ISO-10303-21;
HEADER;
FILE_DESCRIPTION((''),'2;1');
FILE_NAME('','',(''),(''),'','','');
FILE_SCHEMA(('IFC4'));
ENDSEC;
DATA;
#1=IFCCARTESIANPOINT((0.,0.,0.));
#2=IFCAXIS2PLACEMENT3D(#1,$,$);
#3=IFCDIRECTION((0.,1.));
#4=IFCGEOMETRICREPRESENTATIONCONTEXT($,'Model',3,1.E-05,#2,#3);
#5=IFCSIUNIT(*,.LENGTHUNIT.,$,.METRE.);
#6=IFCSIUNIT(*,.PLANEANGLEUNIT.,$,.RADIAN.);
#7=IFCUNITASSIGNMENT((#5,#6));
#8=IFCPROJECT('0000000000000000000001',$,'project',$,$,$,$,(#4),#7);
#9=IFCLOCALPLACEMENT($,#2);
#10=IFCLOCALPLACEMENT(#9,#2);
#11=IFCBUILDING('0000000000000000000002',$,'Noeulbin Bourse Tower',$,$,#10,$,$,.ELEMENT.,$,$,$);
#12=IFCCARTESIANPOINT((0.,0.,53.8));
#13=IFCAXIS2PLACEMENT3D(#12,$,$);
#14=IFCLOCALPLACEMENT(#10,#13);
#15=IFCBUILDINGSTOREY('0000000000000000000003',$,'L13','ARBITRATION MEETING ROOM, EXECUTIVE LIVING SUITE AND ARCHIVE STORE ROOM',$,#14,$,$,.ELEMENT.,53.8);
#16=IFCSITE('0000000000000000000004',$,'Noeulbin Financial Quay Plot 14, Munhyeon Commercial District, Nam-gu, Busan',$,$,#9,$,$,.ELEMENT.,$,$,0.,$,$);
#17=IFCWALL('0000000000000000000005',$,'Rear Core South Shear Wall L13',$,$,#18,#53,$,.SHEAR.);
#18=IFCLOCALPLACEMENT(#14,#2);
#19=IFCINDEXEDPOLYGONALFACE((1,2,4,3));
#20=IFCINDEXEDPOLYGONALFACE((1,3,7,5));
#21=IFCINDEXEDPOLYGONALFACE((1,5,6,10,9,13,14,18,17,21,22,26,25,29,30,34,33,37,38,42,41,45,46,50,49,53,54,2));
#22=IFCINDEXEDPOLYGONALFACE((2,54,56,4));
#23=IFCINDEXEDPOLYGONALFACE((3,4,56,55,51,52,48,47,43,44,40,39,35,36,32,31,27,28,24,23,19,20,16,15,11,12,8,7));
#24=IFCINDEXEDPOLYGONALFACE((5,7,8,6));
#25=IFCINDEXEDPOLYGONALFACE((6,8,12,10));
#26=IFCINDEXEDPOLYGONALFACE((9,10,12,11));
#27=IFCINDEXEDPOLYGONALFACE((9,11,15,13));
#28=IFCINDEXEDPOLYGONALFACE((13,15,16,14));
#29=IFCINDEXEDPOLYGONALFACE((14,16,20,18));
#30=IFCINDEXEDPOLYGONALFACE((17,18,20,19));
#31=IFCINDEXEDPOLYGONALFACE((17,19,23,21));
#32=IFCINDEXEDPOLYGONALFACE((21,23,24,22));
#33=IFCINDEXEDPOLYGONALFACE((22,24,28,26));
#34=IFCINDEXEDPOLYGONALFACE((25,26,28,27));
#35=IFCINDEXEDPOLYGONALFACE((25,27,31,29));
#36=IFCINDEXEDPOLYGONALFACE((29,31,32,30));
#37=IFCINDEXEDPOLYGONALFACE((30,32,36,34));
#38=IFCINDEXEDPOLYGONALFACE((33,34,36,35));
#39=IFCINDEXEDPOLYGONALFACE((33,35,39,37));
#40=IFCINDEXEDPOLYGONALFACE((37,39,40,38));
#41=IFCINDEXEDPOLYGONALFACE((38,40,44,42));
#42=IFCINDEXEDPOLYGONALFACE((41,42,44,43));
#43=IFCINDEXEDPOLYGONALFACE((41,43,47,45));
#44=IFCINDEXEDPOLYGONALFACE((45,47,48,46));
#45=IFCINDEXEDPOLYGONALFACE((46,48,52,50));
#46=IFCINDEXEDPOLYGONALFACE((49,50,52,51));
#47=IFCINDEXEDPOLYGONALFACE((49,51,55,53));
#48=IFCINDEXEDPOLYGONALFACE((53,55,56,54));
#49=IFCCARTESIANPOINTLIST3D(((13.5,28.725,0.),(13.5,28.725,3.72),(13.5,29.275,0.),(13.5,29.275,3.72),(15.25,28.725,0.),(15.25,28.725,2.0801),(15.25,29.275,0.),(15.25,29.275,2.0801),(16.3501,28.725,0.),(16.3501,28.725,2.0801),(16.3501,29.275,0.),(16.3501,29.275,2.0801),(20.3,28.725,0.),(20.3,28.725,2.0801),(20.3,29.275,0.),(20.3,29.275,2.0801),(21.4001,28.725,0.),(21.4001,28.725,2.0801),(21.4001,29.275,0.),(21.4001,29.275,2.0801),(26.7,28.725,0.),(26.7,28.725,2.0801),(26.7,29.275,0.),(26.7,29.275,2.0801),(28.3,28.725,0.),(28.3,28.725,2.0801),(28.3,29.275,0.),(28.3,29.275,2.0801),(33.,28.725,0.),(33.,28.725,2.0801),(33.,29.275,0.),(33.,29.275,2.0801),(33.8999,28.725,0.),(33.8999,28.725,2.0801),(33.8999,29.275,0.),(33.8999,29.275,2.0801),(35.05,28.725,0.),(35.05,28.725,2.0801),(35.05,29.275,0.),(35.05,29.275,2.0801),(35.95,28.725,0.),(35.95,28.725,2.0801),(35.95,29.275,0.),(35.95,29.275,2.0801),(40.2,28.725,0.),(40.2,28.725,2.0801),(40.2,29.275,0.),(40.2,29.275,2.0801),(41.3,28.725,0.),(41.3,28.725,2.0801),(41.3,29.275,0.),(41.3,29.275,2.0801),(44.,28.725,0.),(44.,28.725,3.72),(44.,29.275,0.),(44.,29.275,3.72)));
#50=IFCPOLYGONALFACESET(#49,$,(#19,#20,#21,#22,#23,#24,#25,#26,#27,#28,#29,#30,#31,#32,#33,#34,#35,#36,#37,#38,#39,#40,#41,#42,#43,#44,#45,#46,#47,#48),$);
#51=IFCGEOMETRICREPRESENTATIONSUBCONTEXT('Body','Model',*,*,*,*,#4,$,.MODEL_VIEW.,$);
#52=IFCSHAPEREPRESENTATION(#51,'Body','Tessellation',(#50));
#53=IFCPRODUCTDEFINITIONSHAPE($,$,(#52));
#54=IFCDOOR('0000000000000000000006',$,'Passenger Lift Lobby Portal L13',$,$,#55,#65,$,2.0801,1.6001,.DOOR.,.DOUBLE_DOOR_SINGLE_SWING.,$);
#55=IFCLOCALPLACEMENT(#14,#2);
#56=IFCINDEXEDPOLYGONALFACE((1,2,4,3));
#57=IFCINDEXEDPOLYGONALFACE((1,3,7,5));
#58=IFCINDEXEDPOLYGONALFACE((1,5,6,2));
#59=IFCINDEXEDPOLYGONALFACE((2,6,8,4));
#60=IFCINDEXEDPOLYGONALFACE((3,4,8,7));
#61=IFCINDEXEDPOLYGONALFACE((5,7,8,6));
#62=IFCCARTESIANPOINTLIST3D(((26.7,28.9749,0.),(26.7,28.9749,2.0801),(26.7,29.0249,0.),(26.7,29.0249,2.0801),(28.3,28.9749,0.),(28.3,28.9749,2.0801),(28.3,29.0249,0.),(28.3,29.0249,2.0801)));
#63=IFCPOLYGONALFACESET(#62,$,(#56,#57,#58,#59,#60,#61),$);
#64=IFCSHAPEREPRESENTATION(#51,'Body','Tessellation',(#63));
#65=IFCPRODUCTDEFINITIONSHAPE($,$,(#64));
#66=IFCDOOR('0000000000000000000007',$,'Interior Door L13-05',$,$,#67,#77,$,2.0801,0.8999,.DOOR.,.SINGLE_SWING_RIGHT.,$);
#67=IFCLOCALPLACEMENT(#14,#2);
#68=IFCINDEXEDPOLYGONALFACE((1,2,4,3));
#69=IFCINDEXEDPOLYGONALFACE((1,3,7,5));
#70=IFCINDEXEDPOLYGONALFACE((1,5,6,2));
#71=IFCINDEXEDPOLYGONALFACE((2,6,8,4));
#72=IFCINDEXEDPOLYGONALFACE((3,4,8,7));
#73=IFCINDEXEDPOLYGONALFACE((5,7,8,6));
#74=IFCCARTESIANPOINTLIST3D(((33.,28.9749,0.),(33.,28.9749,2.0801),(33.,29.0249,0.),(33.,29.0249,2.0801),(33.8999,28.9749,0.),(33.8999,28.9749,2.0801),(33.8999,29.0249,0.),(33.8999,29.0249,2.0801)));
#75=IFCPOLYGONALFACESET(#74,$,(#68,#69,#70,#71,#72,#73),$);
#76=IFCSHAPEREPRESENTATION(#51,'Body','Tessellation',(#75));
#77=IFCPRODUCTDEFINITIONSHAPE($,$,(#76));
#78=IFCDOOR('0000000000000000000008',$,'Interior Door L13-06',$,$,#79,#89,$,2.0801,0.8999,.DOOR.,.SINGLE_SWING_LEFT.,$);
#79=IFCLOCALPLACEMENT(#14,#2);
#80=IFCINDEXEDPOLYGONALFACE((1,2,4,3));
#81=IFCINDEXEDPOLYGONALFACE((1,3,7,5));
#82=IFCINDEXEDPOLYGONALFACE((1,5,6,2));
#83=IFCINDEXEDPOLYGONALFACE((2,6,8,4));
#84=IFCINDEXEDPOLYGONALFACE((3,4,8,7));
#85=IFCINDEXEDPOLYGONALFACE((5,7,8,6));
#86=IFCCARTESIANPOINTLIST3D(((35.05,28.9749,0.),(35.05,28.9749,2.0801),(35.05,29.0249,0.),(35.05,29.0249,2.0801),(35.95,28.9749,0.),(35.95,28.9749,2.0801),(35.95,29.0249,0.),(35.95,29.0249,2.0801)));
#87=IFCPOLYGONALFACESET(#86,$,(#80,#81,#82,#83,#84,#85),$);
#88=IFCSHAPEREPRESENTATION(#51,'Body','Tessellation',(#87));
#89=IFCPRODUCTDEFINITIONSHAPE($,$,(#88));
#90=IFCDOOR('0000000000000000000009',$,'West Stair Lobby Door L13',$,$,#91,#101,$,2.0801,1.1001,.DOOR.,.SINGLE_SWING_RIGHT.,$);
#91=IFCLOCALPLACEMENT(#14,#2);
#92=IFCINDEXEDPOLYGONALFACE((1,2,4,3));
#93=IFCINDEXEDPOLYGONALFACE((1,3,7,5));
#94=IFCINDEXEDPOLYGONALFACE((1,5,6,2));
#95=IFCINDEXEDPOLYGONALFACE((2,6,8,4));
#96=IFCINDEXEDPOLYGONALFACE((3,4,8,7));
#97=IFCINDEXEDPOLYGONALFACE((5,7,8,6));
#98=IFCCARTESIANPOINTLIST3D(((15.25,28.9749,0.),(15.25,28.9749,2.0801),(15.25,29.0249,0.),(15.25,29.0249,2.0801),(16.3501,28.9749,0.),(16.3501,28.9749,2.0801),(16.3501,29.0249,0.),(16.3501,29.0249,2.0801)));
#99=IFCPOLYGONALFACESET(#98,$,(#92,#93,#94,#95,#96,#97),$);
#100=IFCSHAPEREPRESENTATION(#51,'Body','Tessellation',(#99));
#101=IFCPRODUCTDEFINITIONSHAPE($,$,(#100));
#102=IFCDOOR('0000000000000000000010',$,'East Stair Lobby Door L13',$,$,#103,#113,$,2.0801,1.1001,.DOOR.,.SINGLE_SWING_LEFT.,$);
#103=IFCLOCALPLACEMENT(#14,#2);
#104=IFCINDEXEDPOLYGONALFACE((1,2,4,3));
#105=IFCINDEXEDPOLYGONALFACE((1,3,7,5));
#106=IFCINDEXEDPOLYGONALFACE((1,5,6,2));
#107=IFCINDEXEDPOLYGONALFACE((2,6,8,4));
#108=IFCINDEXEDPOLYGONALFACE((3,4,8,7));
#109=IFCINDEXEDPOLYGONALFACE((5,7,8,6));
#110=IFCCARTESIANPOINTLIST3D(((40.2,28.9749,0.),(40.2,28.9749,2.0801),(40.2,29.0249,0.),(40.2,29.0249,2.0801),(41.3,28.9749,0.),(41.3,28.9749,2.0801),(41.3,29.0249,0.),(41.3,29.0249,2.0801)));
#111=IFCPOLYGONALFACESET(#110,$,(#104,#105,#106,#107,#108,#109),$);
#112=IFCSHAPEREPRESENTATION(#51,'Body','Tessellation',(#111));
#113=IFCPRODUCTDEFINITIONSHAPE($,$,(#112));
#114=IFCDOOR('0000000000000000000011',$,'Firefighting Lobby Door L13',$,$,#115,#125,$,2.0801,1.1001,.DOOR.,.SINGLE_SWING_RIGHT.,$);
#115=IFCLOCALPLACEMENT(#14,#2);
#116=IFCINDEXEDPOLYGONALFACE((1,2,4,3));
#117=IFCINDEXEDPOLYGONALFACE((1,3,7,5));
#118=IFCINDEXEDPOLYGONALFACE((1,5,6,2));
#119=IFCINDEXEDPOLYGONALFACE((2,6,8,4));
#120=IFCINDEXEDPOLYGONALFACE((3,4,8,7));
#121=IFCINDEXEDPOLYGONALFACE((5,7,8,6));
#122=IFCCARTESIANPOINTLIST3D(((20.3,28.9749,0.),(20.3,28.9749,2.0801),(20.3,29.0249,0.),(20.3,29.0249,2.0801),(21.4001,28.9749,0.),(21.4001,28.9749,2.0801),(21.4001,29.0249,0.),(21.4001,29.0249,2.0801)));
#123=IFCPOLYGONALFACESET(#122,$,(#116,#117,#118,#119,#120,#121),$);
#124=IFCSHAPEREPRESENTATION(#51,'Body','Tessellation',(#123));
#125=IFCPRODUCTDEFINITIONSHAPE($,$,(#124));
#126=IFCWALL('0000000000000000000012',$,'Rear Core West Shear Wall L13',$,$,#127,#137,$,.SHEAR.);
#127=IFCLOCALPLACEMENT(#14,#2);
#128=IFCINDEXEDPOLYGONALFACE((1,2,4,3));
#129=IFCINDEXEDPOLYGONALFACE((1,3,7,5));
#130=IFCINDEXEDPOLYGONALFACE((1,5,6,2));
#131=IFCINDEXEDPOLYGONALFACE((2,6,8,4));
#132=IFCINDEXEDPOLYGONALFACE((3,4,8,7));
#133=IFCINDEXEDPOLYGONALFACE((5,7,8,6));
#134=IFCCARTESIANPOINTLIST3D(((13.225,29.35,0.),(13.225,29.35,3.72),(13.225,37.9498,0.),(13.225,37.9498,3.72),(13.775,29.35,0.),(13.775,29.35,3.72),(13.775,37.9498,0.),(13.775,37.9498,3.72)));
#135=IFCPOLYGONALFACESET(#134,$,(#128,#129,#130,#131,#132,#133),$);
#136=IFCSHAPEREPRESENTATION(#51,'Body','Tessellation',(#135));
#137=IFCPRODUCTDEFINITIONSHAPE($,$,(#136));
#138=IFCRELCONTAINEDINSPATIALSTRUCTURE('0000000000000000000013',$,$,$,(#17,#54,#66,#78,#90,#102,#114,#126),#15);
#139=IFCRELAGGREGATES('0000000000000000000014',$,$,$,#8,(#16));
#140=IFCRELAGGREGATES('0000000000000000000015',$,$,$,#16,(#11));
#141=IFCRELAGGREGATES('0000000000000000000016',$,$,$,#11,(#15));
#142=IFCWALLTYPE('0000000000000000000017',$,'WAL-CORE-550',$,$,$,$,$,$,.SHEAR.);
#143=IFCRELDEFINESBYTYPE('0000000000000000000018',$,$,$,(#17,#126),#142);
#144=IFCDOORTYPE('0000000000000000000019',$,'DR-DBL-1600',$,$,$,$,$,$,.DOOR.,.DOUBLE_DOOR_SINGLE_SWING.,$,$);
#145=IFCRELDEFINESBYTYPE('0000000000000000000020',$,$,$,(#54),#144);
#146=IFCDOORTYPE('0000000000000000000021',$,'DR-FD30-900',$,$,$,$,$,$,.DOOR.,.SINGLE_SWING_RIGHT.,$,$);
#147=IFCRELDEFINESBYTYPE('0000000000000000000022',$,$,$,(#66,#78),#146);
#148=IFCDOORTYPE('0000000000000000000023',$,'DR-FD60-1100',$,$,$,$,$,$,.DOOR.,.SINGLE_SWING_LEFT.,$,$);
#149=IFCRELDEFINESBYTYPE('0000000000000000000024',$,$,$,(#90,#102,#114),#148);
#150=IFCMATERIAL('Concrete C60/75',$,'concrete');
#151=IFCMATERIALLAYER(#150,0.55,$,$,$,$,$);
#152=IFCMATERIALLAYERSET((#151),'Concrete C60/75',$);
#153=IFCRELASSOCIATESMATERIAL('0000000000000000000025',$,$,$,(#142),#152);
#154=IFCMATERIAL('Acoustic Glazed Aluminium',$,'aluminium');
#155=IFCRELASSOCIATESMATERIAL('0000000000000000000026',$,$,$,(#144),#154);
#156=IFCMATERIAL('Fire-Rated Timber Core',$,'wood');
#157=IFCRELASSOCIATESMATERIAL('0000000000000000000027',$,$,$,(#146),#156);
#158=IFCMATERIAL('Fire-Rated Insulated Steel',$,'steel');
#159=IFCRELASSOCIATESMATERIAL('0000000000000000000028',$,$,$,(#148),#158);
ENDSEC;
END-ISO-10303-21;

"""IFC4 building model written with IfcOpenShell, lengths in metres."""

from ifc_helpers import new_model, si_unit, direction, frame, frame_2d, origin, place, context, subcontext, project, spatial, rectangle, extrude, material, layer, layer_set, type_object, element, fill, save


model = new_model("IFC4")

# Units and contexts
model_context = context("Model", 3, precision=1e-05, world=origin(), true_north=direction((0.0, 1.0)))
body_context = subcontext(model_context, "Body", "Model", "MODEL_VIEW")
ifc_project = project(units=[si_unit("LENGTHUNIT", "METRE"), si_unit("PLANEANGLEUNIT", "RADIAN")], contexts=[model_context])

# Site, building, storey
site_placement = place(None, origin())
site = spatial("IfcSite", under=ifc_project, at=site_placement, Name="Noeulbin Financial Quay Plot 14, Munhyeon Commercial District, Nam-gu, Busan", CompositionType="ELEMENT", RefElevation=0.0)
building_placement = place(site_placement, origin())
building = spatial("IfcBuilding", under=site, at=building_placement, Name="Noeulbin Bourse Tower", CompositionType="ELEMENT")
storey_placement = place(building_placement, frame((0.0, 0.0, 53.8)))
storey = spatial("IfcBuildingStorey", under=building, at=storey_placement, Name="L13", Description="ARBITRATION MEETING ROOM, EXECUTIVE LIVING SUITE AND ARCHIVE STORE ROOM", CompositionType="ELEMENT", Elevation=53.8)

# Wall, openings, doors
ifc_material_1 = material(Name="Concrete C60/75", Category="concrete")
ifc_layer_1 = layer(ifc_material_1, 0.55)
ifc_layer_set_1 = layer_set([ifc_layer_1], Name="Concrete C60/75")
wall_type = type_object("IfcWallType", Name="WAL-CORE-550", PredefinedType="SHEAR", material=ifc_layer_set_1)
wall_1_placement = place(storey_placement, frame((13.5, 29.0, 0.0), z_axis=(0.0, 0.0, 1.0), x_axis=(1.0, 0.0, 0.0)))
wall_1 = element("IfcWall", 1, at=wall_1_placement, inside=storey, type_object=wall_type, Name="Rear Core South Shear Wall L13", PredefinedType="SHEAR", context=body_context, shape_type="SweptSolid", body=[
    extrude(rectangle(XDim=30.5, YDim=0.55, at=frame_2d((15.25, 0.0))), origin(), (0.0, 0.0, 1.0), 3.72),
])
opening_1_placement = place(wall_1_placement, frame((1.75, 0.0, 0.0)))
opening_1 = element("IfcOpeningElement", 2, at=opening_1_placement, cuts=wall_1, PredefinedType="OPENING", context=body_context, shape_type="SweptSolid", body=[
    extrude(rectangle(XDim=1.1001, YDim=2.0801, at=frame_2d((0.55, 1.04))), frame((0.0, 0.2849, 0.0), z_axis=(0.0, -1.0, 0.0), x_axis=(1.0, 0.0, 0.0)), (0.0, 0.0, 1.0), 0.5701),
])
opening_2_placement = place(wall_1_placement, frame((26.7, 0.0, 0.0)))
opening_2 = element("IfcOpeningElement", 3, at=opening_2_placement, cuts=wall_1, PredefinedType="OPENING", context=body_context, shape_type="SweptSolid", body=[
    extrude(rectangle(XDim=1.1001, YDim=2.0801, at=frame_2d((0.55, 1.04))), frame((0.0, 0.2849, 0.0), z_axis=(0.0, -1.0, 0.0), x_axis=(1.0, 0.0, 0.0)), (0.0, 0.0, 1.0), 0.5701),
])
opening_3_placement = place(wall_1_placement, frame((6.8, 0.0, 0.0)))
opening_3 = element("IfcOpeningElement", 4, at=opening_3_placement, cuts=wall_1, PredefinedType="OPENING", context=body_context, shape_type="SweptSolid", body=[
    extrude(rectangle(XDim=1.1001, YDim=2.0801, at=frame_2d((0.55, 1.04))), frame((0.0, 0.2849, 0.0), z_axis=(0.0, -1.0, 0.0), x_axis=(1.0, 0.0, 0.0)), (0.0, 0.0, 1.0), 0.5701),
])
opening_4_placement = place(wall_1_placement, frame((13.2, 0.0, 0.0)))
opening_4 = element("IfcOpeningElement", 5, at=opening_4_placement, cuts=wall_1, PredefinedType="OPENING", context=body_context, shape_type="SweptSolid", body=[
    extrude(rectangle(XDim=1.6001, YDim=2.0801, at=frame_2d((0.8, 1.04))), frame((0.0, 0.2849, 0.0), z_axis=(0.0, -1.0, 0.0), x_axis=(1.0, 0.0, 0.0)), (0.0, 0.0, 1.0), 0.5701),
])
opening_5_placement = place(wall_1_placement, frame((19.5, 0.0, 0.0)))
opening_5 = element("IfcOpeningElement", 6, at=opening_5_placement, cuts=wall_1, PredefinedType="OPENING", context=body_context, shape_type="SweptSolid", body=[
    extrude(rectangle(XDim=0.8999, YDim=2.0801, at=frame_2d((0.45, 1.04))), frame((0.0, 0.2849, 0.0), z_axis=(0.0, -1.0, 0.0), x_axis=(1.0, 0.0, 0.0)), (0.0, 0.0, 1.0), 0.5701),
])
opening_6_placement = place(wall_1_placement, frame((21.55, 0.0, 0.0)))
opening_6 = element("IfcOpeningElement", 7, at=opening_6_placement, cuts=wall_1, PredefinedType="OPENING", context=body_context, shape_type="SweptSolid", body=[
    extrude(rectangle(XDim=0.8999, YDim=2.0801, at=frame_2d((0.45, 1.04))), frame((0.0, 0.2849, 0.0), z_axis=(0.0, -1.0, 0.0), x_axis=(1.0, 0.0, 0.0)), (0.0, 0.0, 1.0), 0.5701),
])
ifc_material_2 = material(Name="Acoustic Glazed Aluminium", Category="aluminium")
door_type_1 = type_object("IfcDoorType", Name="DR-DBL-1600", OperationType="DOUBLE_DOOR_SINGLE_SWING", PredefinedType="DOOR", material=ifc_material_2)
door_1_placement = place(opening_4_placement, origin())
door_1 = element("IfcDoor", 8, at=door_1_placement, inside=storey, type_object=door_type_1, Name="Passenger Lift Lobby Portal L13", OperationType="DOUBLE_DOOR_SINGLE_SWING", OverallHeight=2.0801, OverallWidth=1.6001, PredefinedType="DOOR", context=body_context, shape_type="SweptSolid", body=[
    extrude(rectangle(XDim=1.6001, YDim=2.0801, at=frame_2d((0.8, 1.04))), frame((0.0, 0.0249, 0.0), z_axis=(0.0, -1.0, 0.0), x_axis=(1.0, 0.0, 0.0)), (0.0, 0.0, 1.0), 0.05),
])
fill(opening_4, door_1)
ifc_material_3 = material(Name="Fire-Rated Timber Core", Category="wood")
door_type_2 = type_object("IfcDoorType", Name="DR-FD30-900", OperationType="SINGLE_SWING_RIGHT", PredefinedType="DOOR", material=ifc_material_3)
door_2_placement = place(opening_5_placement, origin())
door_2 = element("IfcDoor", 9, at=door_2_placement, inside=storey, type_object=door_type_2, Name="Interior Door L13-05", OperationType="SINGLE_SWING_RIGHT", OverallHeight=2.0801, OverallWidth=0.8999, PredefinedType="DOOR", context=body_context, shape_type="SweptSolid", body=[
    extrude(rectangle(XDim=0.8999, YDim=2.0801, at=frame_2d((0.45, 1.04))), frame((0.0, 0.0249, 0.0), z_axis=(0.0, -1.0, 0.0), x_axis=(1.0, 0.0, 0.0)), (0.0, 0.0, 1.0), 0.05),
])
fill(opening_5, door_2)
door_3_placement = place(opening_6_placement, origin())
door_3 = element("IfcDoor", 10, at=door_3_placement, inside=storey, type_object=door_type_2, Name="Interior Door L13-06", OperationType="SINGLE_SWING_LEFT", OverallHeight=2.0801, OverallWidth=0.8999, PredefinedType="DOOR", context=body_context, shape_type="SweptSolid", body=[
    extrude(rectangle(XDim=0.8999, YDim=2.0801, at=frame_2d((0.45, 1.04))), frame((0.0, 0.0249, 0.0), z_axis=(0.0, -1.0, 0.0), x_axis=(1.0, 0.0, 0.0)), (0.0, 0.0, 1.0), 0.05),
])
fill(opening_6, door_3)
ifc_material_4 = material(Name="Fire-Rated Insulated Steel", Category="steel")
door_type_3 = type_object("IfcDoorType", Name="DR-FD60-1100", OperationType="SINGLE_SWING_LEFT", PredefinedType="DOOR", material=ifc_material_4)
door_4_placement = place(opening_1_placement, origin())
door_4 = element("IfcDoor", 11, at=door_4_placement, inside=storey, type_object=door_type_3, Name="West Stair Lobby Door L13", OperationType="SINGLE_SWING_RIGHT", OverallHeight=2.0801, OverallWidth=1.1001, PredefinedType="DOOR", context=body_context, shape_type="SweptSolid", body=[
    extrude(rectangle(XDim=1.1001, YDim=2.0801, at=frame_2d((0.55, 1.04))), frame((0.0, 0.0249, 0.0), z_axis=(0.0, -1.0, 0.0), x_axis=(1.0, 0.0, 0.0)), (0.0, 0.0, 1.0), 0.05),
])
fill(opening_1, door_4)
door_5_placement = place(opening_2_placement, origin())
door_5 = element("IfcDoor", 12, at=door_5_placement, inside=storey, type_object=door_type_3, Name="East Stair Lobby Door L13", OperationType="SINGLE_SWING_LEFT", OverallHeight=2.0801, OverallWidth=1.1001, PredefinedType="DOOR", context=body_context, shape_type="SweptSolid", body=[
    extrude(rectangle(XDim=1.1001, YDim=2.0801, at=frame_2d((0.55, 1.04))), frame((0.0, 0.0249, 0.0), z_axis=(0.0, -1.0, 0.0), x_axis=(1.0, 0.0, 0.0)), (0.0, 0.0, 1.0), 0.05),
])
fill(opening_2, door_5)
door_6_placement = place(opening_3_placement, origin())
door_6 = element("IfcDoor", 13, at=door_6_placement, inside=storey, type_object=door_type_3, Name="Firefighting Lobby Door L13", OperationType="SINGLE_SWING_RIGHT", OverallHeight=2.0801, OverallWidth=1.1001, PredefinedType="DOOR", context=body_context, shape_type="SweptSolid", body=[
    extrude(rectangle(XDim=1.1001, YDim=2.0801, at=frame_2d((0.55, 1.04))), frame((0.0, 0.0249, 0.0), z_axis=(0.0, -1.0, 0.0), x_axis=(1.0, 0.0, 0.0)), (0.0, 0.0, 1.0), 0.05),
])
fill(opening_3, door_6)

# Wall
wall_2_placement = place(storey_placement, frame((13.5, 29.3501, 0.0), z_axis=(0.0, 0.0, 1.0), x_axis=(0.0, 1.0, 0.0)))
element("IfcWall", 14, at=wall_2_placement, inside=storey, type_object=wall_type, Name="Rear Core West Shear Wall L13", PredefinedType="SHEAR", context=body_context, shape_type="SweptSolid", body=[
    extrude(rectangle(XDim=8.5999, YDim=0.55, at=frame_2d((4.2998, 0.0))), origin(), (0.0, 0.0, 1.0), 3.72),
])

save(model, "model.ifc")
